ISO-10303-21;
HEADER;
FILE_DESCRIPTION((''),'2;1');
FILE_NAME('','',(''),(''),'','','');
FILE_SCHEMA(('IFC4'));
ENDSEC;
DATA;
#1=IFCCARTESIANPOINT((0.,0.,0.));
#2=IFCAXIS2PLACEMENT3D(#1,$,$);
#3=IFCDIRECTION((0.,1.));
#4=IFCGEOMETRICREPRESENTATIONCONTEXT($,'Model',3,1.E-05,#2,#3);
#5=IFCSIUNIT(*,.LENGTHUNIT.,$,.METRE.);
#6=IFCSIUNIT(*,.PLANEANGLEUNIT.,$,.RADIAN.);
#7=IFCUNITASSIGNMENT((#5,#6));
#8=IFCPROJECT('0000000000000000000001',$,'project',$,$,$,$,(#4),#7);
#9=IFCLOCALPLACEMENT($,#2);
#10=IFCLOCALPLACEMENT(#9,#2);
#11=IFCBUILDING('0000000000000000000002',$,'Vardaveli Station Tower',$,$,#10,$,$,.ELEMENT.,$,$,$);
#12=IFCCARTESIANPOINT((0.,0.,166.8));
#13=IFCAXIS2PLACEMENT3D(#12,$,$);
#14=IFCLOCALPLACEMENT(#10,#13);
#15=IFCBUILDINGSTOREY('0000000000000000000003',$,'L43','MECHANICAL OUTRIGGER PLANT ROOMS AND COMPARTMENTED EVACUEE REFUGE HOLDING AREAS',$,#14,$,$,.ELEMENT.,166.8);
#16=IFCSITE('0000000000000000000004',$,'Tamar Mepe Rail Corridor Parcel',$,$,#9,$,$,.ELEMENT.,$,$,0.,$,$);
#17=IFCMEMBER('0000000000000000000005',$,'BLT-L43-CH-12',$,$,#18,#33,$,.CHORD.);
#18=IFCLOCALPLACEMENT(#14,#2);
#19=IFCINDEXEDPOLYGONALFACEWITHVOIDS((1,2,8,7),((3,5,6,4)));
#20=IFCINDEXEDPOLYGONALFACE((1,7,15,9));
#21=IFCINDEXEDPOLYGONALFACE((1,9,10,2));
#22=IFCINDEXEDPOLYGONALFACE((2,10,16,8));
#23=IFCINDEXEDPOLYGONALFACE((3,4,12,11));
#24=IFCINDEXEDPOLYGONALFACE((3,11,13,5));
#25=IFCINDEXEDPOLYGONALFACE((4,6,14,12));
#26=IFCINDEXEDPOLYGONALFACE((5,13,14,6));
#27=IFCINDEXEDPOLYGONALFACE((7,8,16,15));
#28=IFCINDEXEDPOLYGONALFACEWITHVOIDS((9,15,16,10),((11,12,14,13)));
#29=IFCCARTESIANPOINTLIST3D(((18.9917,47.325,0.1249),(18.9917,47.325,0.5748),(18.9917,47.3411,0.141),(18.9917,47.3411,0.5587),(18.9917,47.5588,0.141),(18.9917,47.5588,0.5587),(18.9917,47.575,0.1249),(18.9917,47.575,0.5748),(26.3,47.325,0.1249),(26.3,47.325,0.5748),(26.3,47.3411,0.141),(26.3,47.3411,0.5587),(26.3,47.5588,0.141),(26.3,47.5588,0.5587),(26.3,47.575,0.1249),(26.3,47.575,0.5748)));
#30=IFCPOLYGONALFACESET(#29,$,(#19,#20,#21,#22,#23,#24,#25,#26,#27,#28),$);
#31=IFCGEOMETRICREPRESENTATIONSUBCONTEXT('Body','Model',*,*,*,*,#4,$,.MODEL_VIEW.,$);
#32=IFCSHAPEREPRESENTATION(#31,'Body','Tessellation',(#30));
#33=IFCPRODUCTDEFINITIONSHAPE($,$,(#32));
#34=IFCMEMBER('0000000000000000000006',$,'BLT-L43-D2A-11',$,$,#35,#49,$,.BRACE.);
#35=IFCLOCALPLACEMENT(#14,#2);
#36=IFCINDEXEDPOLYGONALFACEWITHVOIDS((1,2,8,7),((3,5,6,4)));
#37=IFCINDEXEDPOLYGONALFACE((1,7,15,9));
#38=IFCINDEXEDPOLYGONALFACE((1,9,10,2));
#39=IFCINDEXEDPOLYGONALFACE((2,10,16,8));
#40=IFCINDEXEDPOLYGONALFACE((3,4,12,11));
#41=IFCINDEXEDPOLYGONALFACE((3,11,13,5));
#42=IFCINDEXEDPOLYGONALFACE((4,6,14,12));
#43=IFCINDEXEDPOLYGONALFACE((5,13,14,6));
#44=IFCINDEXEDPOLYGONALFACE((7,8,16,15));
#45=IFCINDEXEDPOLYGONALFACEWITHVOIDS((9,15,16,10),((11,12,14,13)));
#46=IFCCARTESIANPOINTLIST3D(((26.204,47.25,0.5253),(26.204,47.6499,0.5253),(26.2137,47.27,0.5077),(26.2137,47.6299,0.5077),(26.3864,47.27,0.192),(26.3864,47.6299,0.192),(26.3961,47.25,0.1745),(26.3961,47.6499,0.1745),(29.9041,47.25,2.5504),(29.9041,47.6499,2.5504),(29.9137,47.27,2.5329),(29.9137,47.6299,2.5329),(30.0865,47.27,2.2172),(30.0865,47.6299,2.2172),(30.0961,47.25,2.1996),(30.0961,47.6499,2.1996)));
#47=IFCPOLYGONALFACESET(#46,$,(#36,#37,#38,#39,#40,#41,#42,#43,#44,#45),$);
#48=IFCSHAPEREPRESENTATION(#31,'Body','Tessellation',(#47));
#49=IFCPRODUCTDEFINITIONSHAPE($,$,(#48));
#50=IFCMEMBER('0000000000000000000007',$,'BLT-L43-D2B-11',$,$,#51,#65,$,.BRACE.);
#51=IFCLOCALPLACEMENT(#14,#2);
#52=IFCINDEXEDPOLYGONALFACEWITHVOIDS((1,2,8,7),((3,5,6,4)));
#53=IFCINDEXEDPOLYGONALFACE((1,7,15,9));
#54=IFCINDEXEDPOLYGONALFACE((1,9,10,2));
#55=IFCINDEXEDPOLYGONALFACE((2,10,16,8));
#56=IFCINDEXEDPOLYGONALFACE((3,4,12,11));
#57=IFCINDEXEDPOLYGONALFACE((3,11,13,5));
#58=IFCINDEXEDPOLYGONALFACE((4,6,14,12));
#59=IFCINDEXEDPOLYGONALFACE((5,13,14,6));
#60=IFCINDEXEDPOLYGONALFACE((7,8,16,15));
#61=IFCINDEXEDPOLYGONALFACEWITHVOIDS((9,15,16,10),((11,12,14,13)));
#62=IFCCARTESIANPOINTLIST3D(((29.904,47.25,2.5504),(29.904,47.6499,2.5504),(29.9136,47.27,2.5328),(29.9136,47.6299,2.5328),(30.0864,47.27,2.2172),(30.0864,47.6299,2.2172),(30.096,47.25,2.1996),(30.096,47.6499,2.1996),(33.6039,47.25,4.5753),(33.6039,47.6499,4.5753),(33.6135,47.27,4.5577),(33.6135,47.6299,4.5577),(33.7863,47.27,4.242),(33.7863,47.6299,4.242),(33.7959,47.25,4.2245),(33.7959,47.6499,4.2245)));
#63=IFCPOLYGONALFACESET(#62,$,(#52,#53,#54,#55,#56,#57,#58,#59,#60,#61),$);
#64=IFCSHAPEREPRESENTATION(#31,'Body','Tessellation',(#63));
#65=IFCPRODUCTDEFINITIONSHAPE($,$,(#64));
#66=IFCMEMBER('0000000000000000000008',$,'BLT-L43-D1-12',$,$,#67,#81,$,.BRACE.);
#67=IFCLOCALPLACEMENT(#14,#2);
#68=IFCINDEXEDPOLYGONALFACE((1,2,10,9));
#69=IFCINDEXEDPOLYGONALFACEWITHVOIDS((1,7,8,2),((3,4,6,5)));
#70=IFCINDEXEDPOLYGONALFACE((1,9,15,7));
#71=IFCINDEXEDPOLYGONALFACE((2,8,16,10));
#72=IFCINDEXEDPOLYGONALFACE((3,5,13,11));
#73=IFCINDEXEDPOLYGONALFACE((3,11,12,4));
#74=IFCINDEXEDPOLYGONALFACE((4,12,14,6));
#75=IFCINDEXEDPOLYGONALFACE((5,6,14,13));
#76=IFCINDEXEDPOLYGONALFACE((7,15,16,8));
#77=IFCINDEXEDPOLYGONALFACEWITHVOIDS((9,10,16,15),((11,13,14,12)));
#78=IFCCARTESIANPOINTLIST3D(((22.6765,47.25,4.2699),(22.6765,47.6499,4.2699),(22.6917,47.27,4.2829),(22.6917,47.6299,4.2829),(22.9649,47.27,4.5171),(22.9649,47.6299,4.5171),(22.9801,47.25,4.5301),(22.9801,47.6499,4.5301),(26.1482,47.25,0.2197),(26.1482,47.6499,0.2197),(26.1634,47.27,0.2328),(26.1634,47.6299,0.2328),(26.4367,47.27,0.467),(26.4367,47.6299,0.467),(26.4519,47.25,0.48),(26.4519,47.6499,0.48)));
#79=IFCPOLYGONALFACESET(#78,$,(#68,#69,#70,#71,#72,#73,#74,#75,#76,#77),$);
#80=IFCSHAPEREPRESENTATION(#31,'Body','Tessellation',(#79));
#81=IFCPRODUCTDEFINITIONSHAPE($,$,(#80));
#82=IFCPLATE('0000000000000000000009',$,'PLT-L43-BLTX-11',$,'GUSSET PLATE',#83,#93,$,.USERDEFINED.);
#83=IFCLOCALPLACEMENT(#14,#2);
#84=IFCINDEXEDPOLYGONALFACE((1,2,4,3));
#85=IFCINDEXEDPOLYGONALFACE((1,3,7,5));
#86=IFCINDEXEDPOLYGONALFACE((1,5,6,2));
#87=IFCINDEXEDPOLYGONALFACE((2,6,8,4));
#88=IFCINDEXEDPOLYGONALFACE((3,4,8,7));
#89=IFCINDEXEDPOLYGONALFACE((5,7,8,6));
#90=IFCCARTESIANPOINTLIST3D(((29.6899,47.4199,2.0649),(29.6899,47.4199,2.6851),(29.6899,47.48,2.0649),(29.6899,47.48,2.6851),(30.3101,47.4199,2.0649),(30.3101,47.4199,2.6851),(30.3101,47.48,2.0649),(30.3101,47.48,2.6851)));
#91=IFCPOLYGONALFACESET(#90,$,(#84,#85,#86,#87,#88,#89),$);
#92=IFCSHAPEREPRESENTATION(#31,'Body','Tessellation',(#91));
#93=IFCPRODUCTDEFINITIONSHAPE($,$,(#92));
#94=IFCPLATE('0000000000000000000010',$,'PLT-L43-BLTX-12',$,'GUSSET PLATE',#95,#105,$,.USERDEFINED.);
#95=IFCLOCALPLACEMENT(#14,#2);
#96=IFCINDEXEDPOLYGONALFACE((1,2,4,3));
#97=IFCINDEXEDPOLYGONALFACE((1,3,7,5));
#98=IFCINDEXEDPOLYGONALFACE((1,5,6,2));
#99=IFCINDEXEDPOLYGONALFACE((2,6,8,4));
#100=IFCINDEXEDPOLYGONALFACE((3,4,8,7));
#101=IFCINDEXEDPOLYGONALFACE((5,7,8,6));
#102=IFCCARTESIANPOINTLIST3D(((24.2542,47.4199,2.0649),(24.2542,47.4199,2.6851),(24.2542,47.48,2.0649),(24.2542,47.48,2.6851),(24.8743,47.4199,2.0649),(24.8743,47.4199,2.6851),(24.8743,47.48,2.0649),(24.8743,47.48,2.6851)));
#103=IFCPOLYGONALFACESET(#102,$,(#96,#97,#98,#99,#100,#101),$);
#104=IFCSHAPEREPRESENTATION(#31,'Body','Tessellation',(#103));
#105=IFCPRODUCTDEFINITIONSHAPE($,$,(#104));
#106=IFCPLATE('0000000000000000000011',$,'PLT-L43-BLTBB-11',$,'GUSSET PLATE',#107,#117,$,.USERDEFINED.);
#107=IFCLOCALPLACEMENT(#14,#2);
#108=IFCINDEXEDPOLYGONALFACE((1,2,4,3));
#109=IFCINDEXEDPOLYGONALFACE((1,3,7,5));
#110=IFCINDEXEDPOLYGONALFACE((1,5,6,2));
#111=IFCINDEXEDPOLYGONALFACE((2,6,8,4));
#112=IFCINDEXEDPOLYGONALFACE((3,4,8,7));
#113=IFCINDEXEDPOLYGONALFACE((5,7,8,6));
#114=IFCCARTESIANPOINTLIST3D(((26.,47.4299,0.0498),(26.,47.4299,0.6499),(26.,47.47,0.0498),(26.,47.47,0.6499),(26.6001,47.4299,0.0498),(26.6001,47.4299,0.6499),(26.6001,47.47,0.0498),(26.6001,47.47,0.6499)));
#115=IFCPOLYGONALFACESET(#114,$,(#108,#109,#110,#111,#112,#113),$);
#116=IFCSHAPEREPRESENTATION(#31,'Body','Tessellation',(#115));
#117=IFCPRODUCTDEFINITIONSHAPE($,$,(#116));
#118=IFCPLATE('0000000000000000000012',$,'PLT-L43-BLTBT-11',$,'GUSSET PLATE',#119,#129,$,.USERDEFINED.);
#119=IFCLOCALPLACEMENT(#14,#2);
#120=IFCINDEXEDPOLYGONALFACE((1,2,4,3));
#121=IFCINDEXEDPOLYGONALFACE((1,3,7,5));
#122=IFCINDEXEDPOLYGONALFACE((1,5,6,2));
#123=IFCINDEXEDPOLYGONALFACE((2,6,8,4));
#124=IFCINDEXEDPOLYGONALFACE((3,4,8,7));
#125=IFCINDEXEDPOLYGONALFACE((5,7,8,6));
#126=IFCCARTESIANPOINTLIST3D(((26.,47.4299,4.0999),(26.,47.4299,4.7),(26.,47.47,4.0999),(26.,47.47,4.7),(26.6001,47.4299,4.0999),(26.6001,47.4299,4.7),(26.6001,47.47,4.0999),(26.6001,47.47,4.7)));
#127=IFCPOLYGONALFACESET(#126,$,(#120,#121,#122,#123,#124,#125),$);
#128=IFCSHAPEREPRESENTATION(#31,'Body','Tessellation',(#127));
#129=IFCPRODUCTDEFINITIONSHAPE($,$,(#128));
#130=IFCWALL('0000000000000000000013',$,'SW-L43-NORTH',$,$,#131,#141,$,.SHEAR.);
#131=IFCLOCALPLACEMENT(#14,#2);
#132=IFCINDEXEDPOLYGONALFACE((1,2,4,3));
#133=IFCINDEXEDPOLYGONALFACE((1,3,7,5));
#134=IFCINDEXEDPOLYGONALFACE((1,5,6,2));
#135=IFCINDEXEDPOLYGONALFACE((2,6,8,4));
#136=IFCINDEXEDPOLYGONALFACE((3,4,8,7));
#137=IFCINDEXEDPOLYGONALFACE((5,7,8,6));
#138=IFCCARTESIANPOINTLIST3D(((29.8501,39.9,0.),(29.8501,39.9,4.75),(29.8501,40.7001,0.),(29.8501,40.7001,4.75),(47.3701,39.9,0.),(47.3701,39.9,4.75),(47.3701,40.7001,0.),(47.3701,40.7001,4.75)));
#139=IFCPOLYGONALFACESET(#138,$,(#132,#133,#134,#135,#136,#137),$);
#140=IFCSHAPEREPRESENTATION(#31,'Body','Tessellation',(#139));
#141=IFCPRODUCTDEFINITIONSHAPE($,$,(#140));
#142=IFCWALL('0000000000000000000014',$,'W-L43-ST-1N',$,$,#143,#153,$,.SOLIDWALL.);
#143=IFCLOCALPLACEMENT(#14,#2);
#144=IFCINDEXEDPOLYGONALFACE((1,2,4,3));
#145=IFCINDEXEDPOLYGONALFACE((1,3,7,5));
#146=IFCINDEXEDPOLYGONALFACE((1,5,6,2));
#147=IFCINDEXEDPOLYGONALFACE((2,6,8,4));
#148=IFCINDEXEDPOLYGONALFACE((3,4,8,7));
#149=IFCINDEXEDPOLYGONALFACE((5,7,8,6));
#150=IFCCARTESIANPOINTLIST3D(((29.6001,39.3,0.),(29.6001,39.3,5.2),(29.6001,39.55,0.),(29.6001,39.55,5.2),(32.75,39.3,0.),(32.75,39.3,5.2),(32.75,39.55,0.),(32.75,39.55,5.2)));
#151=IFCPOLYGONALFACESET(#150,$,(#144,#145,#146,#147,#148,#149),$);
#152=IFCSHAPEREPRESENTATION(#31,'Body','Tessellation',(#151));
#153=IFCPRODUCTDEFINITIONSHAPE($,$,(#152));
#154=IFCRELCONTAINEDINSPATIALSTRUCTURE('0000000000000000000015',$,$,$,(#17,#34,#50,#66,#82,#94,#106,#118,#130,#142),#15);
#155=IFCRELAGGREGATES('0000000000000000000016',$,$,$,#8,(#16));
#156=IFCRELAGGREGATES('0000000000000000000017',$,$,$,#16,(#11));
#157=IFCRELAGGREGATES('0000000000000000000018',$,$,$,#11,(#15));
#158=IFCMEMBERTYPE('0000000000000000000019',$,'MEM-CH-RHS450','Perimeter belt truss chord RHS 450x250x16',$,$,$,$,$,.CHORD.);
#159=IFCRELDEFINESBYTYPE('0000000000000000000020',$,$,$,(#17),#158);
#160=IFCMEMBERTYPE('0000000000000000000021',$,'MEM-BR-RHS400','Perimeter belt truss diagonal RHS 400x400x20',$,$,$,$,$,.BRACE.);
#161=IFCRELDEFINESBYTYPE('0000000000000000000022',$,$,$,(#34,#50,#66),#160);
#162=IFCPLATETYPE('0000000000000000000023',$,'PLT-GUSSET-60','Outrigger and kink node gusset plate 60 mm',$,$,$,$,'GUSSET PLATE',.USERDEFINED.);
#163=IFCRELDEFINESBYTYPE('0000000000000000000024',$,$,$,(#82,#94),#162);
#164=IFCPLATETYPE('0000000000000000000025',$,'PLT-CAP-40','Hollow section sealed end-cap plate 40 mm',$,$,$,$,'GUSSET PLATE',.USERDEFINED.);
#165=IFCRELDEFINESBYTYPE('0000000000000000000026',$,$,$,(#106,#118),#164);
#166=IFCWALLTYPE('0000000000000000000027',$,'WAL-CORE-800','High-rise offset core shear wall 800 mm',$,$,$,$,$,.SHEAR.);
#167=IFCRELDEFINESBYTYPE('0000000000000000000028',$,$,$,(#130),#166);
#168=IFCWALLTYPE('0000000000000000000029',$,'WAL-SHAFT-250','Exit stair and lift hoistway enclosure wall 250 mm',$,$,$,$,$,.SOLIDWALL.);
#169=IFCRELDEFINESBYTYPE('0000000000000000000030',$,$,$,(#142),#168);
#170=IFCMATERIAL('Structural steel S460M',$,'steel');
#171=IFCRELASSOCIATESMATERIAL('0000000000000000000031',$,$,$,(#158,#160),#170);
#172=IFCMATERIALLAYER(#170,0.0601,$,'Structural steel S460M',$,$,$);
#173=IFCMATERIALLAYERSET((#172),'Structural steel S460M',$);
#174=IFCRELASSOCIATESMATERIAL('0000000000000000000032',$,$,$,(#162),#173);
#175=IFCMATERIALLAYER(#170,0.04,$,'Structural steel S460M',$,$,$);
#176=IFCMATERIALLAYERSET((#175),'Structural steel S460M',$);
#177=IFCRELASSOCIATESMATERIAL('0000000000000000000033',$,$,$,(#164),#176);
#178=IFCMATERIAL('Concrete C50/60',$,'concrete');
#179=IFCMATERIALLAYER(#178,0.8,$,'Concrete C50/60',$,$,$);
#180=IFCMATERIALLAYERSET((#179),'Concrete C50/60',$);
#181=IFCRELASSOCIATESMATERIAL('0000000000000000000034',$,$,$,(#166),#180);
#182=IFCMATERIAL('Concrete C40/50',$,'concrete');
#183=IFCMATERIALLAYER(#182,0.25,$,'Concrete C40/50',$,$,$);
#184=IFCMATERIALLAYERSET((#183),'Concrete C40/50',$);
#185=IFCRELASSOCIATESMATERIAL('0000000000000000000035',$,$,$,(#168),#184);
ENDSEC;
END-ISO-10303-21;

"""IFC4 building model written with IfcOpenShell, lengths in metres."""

from ifc_helpers import new_model, si_unit, direction, frame, frame_2d, origin, origin_2d, place, context, subcontext, project, spatial, rectangle, hollow_rectangle, extrude, source, transform, mapped, material, layer, layer_set, material_profile, profile_set, type_object, element, save


model = new_model("IFC4")

# Units and contexts
model_context = context("Model", 3, precision=1e-05, world=origin(), true_north=direction((0.0, 1.0)))
body_context = subcontext(model_context, "Body", "Model", "MODEL_VIEW")
ifc_project = project(units=[si_unit("LENGTHUNIT", "METRE"), si_unit("PLANEANGLEUNIT", "RADIAN")], contexts=[model_context])

# Site, building, storey
site_placement = place(None, origin())
site = spatial("IfcSite", under=ifc_project, at=site_placement, Name="Tamar Mepe Rail Corridor Parcel", CompositionType="ELEMENT", RefElevation=0.0)
building_placement = place(site_placement, origin())
building = spatial("IfcBuilding", under=site, at=building_placement, Name="Vardaveli Station Tower", CompositionType="ELEMENT")
storey_placement = place(building_placement, frame((0.0, 0.0, 166.8)))
storey = spatial("IfcBuildingStorey", under=building, at=storey_placement, Name="L43", Description="MECHANICAL OUTRIGGER PLANT ROOMS AND COMPARTMENTED EVACUEE REFUGE HOLDING AREAS", CompositionType="ELEMENT", Elevation=166.8)

# Shared definitions
ifc_material_1 = material(Name="Structural steel S460M", Category="steel")

# Members
ifc_material_profile_1 = material_profile(ifc_material_1, hollow_rectangle(XDim=0.25, YDim=0.45, WallThickness=0.0161, at=origin_2d()), Name="RHS 450x250x16")
ifc_profile_set_1 = profile_set([ifc_material_profile_1], Name="Structural steel S460M")
member_type_1 = type_object("IfcMemberType", Name="MEM-CH-RHS450", Description="Perimeter belt truss chord RHS 450x250x16", PredefinedType="CHORD", material=ifc_profile_set_1)
shared_shape_1 = source(origin(), body_context, "Body", "SweptSolid", [
    extrude(hollow_rectangle(XDim=0.25, YDim=0.45, WallThickness=0.0161, at=origin_2d()), origin(), (0.0, 0.0, 1.0), 7.3083),
])
member_1_placement = place(storey_placement, frame((26.3, 47.45, 0.3499), z_axis=(-1.0, 0.0, 0.0), x_axis=(0.0, -1.0, 0.0)))
element("IfcMember", 1, at=member_1_placement, inside=storey, type_object=member_type_1, Name="BLT-L43-CH-12", PredefinedType="CHORD", context=body_context, shape_type="MappedRepresentation", body=[
    mapped(shared_shape_1, transform((0.0, 0.0, 0.0), scale=1.0)),
])
ifc_material_profile_2 = material_profile(ifc_material_1, hollow_rectangle(XDim=0.3999, YDim=0.3999, WallThickness=0.02, at=origin_2d()), Name="RHS 400x400x20")
ifc_profile_set_2 = profile_set([ifc_material_profile_2], Name="Structural steel S460M")
member_type_2 = type_object("IfcMemberType", Name="MEM-BR-RHS400", Description="Perimeter belt truss diagonal RHS 400x400x20", PredefinedType="BRACE", material=ifc_profile_set_2)
shared_shape_2 = source(origin(), body_context, "Body", "SweptSolid", [
    extrude(hollow_rectangle(XDim=0.3999, YDim=0.3999, WallThickness=0.02, at=origin_2d()), origin(), (0.0, 0.0, 1.0), 4.218),
])
member_2_placement = place(storey_placement, frame((26.3, 47.45, 0.3499), z_axis=(0.877198, 0.0, 0.480129), x_axis=(0.0, 1.0, 0.0)))
element("IfcMember", 2, at=member_2_placement, inside=storey, type_object=member_type_2, Name="BLT-L43-D2A-11", PredefinedType="BRACE", context=body_context, shape_type="MappedRepresentation", body=[
    mapped(shared_shape_2, transform((0.0, 0.0, 0.0), scale=1.0)),
])
shared_shape_3 = source(origin(), body_context, "Body", "SweptSolid", [
    extrude(hollow_rectangle(XDim=0.3999, YDim=0.3999, WallThickness=0.02, at=origin_2d()), origin(), (0.0, 0.0, 1.0), 4.2178),
])
member_3_placement = place(storey_placement, frame((30.0, 47.45, 2.375), z_axis=(0.877222, 0.0, 0.480085), x_axis=(0.0, 1.0, 0.0)))
element("IfcMember", 3, at=member_3_placement, inside=storey, type_object=member_type_2, Name="BLT-L43-D2B-11", PredefinedType="BRACE", context=body_context, shape_type="MappedRepresentation", body=[
    mapped(shared_shape_3, transform((0.0, 0.0, 0.0), scale=1.0)),
])
shared_shape_4 = source(origin(), body_context, "Body", "SweptSolid", [
    extrude(hollow_rectangle(XDim=0.3999, YDim=0.3999, WallThickness=0.02, at=origin_2d()), origin(), (0.0, 0.0, 1.0), 5.3345),
])
member_4_placement = place(storey_placement, frame((26.3, 47.45, 0.3499), z_axis=(-0.650814, 0.0, 0.759237), x_axis=(0.0, -1.0, 0.0)))
element("IfcMember", 4, at=member_4_placement, inside=storey, type_object=member_type_2, Name="BLT-L43-D1-12", PredefinedType="BRACE", context=body_context, shape_type="MappedRepresentation", body=[
    mapped(shared_shape_4, transform((0.0, 0.0, 0.0), scale=1.0)),
])

# Plates
ifc_layer_1 = layer(ifc_material_1, 0.0601, Name="Structural steel S460M")
ifc_layer_set_1 = layer_set([ifc_layer_1], Name="Structural steel S460M")
plate_type_1 = type_object("IfcPlateType", Name="PLT-GUSSET-60", Description="Outrigger and kink node gusset plate 60 mm", ElementType="GUSSET PLATE", PredefinedType="USERDEFINED", material=ifc_layer_set_1)
shared_shape_5 = source(origin(), body_context, "Body", "SweptSolid", [
    extrude(rectangle(XDim=0.6201, YDim=0.0601, at=origin_2d()), origin(), (0.0, 0.0, 1.0), 0.6201),
])
for number, where, z_axis, x_axis, name in (
    (5, (30.0, 47.45, 2.0649), (0.0, 0.0, 1.0), (-1.0, 0.0, 0.0), "PLT-L43-BLTX-11"),
    (6, (24.5642, 47.45, 2.0649), (0.0, 0.0, 1.0), (-1.0, 0.0, 0.0), "PLT-L43-BLTX-12"),
):
    element("IfcPlate", number, at=place(storey_placement, frame(where, z_axis=z_axis, x_axis=x_axis)), inside=storey, type_object=plate_type_1, Name=name, ObjectType="GUSSET PLATE", PredefinedType="USERDEFINED", context=body_context, shape_type="MappedRepresentation", body=[
        mapped(shared_shape_5, transform((0.0, 0.0, 0.0), scale=1.0)),
    ])
ifc_layer_2 = layer(ifc_material_1, 0.04, Name="Structural steel S460M")
ifc_layer_set_2 = layer_set([ifc_layer_2], Name="Structural steel S460M")
plate_type_2 = type_object("IfcPlateType", Name="PLT-CAP-40", Description="Hollow section sealed end-cap plate 40 mm", ElementType="GUSSET PLATE", PredefinedType="USERDEFINED", material=ifc_layer_set_2)
shared_shape_6 = source(origin(), body_context, "Body", "SweptSolid", [
    extrude(rectangle(XDim=0.6001, YDim=0.04, at=origin_2d()), origin(), (0.0, 0.0, 1.0), 0.6001),
])
for number, where, z_axis, x_axis, name in (
    (7, (26.3, 47.45, 0.0498), (0.0, 0.0, 1.0), (-1.0, 0.0, 0.0), "PLT-L43-BLTBB-11"),
    (8, (26.3, 47.45, 4.0999), (0.0, 0.0, 1.0), (-1.0, 0.0, 0.0), "PLT-L43-BLTBT-11"),
):
    element("IfcPlate", number, at=place(storey_placement, frame(where, z_axis=z_axis, x_axis=x_axis)), inside=storey, type_object=plate_type_2, Name=name, ObjectType="GUSSET PLATE", PredefinedType="USERDEFINED", context=body_context, shape_type="MappedRepresentation", body=[
        mapped(shared_shape_6, transform((0.0, 0.0, 0.0), scale=1.0)),
    ])

# Walls
ifc_material_2 = material(Name="Concrete C50/60", Category="concrete")
ifc_layer_3 = layer(ifc_material_2, 0.8, Name="Concrete C50/60")
ifc_layer_set_3 = layer_set([ifc_layer_3], Name="Concrete C50/60")
wall_type_1 = type_object("IfcWallType", Name="WAL-CORE-800", Description="High-rise offset core shear wall 800 mm", PredefinedType="SHEAR", material=ifc_layer_set_3)
shared_shape_7 = source(origin(), body_context, "Body", "SweptSolid", [
    extrude(rectangle(XDim=17.52, YDim=0.8, at=frame_2d((8.76, 0.0))), origin(), (0.0, 0.0, 1.0), 4.75),
])
wall_1_placement = place(storey_placement, frame((29.8501, 40.3, 0.0), z_axis=(0.0, 0.0, 1.0), x_axis=(1.0, 0.0, 0.0)))
element("IfcWall", 9, at=wall_1_placement, inside=storey, type_object=wall_type_1, Name="SW-L43-NORTH", PredefinedType="SHEAR", context=body_context, shape_type="MappedRepresentation", body=[
    mapped(shared_shape_7, transform((0.0, 0.0, 0.0), scale=1.0)),
])
ifc_material_3 = material(Name="Concrete C40/50", Category="concrete")
ifc_layer_4 = layer(ifc_material_3, 0.25, Name="Concrete C40/50")
ifc_layer_set_4 = layer_set([ifc_layer_4], Name="Concrete C40/50")
wall_type_2 = type_object("IfcWallType", Name="WAL-SHAFT-250", Description="Exit stair and lift hoistway enclosure wall 250 mm", PredefinedType="SOLIDWALL", material=ifc_layer_set_4)
shared_shape_8 = source(origin(), body_context, "Body", "SweptSolid", [
    extrude(rectangle(XDim=3.1499, YDim=0.25, at=frame_2d((1.575, 0.0))), origin(), (0.0, 0.0, 1.0), 5.2),
])
wall_2_placement = place(storey_placement, frame((29.6001, 39.425, 0.0), z_axis=(0.0, 0.0, 1.0), x_axis=(1.0, 0.0, 0.0)))
element("IfcWall", 10, at=wall_2_placement, inside=storey, type_object=wall_type_2, Name="W-L43-ST-1N", PredefinedType="SOLIDWALL", context=body_context, shape_type="MappedRepresentation", body=[
    mapped(shared_shape_8, transform((0.0, 0.0, 0.0), scale=1.0)),
])

save(model, "model.ifc")
